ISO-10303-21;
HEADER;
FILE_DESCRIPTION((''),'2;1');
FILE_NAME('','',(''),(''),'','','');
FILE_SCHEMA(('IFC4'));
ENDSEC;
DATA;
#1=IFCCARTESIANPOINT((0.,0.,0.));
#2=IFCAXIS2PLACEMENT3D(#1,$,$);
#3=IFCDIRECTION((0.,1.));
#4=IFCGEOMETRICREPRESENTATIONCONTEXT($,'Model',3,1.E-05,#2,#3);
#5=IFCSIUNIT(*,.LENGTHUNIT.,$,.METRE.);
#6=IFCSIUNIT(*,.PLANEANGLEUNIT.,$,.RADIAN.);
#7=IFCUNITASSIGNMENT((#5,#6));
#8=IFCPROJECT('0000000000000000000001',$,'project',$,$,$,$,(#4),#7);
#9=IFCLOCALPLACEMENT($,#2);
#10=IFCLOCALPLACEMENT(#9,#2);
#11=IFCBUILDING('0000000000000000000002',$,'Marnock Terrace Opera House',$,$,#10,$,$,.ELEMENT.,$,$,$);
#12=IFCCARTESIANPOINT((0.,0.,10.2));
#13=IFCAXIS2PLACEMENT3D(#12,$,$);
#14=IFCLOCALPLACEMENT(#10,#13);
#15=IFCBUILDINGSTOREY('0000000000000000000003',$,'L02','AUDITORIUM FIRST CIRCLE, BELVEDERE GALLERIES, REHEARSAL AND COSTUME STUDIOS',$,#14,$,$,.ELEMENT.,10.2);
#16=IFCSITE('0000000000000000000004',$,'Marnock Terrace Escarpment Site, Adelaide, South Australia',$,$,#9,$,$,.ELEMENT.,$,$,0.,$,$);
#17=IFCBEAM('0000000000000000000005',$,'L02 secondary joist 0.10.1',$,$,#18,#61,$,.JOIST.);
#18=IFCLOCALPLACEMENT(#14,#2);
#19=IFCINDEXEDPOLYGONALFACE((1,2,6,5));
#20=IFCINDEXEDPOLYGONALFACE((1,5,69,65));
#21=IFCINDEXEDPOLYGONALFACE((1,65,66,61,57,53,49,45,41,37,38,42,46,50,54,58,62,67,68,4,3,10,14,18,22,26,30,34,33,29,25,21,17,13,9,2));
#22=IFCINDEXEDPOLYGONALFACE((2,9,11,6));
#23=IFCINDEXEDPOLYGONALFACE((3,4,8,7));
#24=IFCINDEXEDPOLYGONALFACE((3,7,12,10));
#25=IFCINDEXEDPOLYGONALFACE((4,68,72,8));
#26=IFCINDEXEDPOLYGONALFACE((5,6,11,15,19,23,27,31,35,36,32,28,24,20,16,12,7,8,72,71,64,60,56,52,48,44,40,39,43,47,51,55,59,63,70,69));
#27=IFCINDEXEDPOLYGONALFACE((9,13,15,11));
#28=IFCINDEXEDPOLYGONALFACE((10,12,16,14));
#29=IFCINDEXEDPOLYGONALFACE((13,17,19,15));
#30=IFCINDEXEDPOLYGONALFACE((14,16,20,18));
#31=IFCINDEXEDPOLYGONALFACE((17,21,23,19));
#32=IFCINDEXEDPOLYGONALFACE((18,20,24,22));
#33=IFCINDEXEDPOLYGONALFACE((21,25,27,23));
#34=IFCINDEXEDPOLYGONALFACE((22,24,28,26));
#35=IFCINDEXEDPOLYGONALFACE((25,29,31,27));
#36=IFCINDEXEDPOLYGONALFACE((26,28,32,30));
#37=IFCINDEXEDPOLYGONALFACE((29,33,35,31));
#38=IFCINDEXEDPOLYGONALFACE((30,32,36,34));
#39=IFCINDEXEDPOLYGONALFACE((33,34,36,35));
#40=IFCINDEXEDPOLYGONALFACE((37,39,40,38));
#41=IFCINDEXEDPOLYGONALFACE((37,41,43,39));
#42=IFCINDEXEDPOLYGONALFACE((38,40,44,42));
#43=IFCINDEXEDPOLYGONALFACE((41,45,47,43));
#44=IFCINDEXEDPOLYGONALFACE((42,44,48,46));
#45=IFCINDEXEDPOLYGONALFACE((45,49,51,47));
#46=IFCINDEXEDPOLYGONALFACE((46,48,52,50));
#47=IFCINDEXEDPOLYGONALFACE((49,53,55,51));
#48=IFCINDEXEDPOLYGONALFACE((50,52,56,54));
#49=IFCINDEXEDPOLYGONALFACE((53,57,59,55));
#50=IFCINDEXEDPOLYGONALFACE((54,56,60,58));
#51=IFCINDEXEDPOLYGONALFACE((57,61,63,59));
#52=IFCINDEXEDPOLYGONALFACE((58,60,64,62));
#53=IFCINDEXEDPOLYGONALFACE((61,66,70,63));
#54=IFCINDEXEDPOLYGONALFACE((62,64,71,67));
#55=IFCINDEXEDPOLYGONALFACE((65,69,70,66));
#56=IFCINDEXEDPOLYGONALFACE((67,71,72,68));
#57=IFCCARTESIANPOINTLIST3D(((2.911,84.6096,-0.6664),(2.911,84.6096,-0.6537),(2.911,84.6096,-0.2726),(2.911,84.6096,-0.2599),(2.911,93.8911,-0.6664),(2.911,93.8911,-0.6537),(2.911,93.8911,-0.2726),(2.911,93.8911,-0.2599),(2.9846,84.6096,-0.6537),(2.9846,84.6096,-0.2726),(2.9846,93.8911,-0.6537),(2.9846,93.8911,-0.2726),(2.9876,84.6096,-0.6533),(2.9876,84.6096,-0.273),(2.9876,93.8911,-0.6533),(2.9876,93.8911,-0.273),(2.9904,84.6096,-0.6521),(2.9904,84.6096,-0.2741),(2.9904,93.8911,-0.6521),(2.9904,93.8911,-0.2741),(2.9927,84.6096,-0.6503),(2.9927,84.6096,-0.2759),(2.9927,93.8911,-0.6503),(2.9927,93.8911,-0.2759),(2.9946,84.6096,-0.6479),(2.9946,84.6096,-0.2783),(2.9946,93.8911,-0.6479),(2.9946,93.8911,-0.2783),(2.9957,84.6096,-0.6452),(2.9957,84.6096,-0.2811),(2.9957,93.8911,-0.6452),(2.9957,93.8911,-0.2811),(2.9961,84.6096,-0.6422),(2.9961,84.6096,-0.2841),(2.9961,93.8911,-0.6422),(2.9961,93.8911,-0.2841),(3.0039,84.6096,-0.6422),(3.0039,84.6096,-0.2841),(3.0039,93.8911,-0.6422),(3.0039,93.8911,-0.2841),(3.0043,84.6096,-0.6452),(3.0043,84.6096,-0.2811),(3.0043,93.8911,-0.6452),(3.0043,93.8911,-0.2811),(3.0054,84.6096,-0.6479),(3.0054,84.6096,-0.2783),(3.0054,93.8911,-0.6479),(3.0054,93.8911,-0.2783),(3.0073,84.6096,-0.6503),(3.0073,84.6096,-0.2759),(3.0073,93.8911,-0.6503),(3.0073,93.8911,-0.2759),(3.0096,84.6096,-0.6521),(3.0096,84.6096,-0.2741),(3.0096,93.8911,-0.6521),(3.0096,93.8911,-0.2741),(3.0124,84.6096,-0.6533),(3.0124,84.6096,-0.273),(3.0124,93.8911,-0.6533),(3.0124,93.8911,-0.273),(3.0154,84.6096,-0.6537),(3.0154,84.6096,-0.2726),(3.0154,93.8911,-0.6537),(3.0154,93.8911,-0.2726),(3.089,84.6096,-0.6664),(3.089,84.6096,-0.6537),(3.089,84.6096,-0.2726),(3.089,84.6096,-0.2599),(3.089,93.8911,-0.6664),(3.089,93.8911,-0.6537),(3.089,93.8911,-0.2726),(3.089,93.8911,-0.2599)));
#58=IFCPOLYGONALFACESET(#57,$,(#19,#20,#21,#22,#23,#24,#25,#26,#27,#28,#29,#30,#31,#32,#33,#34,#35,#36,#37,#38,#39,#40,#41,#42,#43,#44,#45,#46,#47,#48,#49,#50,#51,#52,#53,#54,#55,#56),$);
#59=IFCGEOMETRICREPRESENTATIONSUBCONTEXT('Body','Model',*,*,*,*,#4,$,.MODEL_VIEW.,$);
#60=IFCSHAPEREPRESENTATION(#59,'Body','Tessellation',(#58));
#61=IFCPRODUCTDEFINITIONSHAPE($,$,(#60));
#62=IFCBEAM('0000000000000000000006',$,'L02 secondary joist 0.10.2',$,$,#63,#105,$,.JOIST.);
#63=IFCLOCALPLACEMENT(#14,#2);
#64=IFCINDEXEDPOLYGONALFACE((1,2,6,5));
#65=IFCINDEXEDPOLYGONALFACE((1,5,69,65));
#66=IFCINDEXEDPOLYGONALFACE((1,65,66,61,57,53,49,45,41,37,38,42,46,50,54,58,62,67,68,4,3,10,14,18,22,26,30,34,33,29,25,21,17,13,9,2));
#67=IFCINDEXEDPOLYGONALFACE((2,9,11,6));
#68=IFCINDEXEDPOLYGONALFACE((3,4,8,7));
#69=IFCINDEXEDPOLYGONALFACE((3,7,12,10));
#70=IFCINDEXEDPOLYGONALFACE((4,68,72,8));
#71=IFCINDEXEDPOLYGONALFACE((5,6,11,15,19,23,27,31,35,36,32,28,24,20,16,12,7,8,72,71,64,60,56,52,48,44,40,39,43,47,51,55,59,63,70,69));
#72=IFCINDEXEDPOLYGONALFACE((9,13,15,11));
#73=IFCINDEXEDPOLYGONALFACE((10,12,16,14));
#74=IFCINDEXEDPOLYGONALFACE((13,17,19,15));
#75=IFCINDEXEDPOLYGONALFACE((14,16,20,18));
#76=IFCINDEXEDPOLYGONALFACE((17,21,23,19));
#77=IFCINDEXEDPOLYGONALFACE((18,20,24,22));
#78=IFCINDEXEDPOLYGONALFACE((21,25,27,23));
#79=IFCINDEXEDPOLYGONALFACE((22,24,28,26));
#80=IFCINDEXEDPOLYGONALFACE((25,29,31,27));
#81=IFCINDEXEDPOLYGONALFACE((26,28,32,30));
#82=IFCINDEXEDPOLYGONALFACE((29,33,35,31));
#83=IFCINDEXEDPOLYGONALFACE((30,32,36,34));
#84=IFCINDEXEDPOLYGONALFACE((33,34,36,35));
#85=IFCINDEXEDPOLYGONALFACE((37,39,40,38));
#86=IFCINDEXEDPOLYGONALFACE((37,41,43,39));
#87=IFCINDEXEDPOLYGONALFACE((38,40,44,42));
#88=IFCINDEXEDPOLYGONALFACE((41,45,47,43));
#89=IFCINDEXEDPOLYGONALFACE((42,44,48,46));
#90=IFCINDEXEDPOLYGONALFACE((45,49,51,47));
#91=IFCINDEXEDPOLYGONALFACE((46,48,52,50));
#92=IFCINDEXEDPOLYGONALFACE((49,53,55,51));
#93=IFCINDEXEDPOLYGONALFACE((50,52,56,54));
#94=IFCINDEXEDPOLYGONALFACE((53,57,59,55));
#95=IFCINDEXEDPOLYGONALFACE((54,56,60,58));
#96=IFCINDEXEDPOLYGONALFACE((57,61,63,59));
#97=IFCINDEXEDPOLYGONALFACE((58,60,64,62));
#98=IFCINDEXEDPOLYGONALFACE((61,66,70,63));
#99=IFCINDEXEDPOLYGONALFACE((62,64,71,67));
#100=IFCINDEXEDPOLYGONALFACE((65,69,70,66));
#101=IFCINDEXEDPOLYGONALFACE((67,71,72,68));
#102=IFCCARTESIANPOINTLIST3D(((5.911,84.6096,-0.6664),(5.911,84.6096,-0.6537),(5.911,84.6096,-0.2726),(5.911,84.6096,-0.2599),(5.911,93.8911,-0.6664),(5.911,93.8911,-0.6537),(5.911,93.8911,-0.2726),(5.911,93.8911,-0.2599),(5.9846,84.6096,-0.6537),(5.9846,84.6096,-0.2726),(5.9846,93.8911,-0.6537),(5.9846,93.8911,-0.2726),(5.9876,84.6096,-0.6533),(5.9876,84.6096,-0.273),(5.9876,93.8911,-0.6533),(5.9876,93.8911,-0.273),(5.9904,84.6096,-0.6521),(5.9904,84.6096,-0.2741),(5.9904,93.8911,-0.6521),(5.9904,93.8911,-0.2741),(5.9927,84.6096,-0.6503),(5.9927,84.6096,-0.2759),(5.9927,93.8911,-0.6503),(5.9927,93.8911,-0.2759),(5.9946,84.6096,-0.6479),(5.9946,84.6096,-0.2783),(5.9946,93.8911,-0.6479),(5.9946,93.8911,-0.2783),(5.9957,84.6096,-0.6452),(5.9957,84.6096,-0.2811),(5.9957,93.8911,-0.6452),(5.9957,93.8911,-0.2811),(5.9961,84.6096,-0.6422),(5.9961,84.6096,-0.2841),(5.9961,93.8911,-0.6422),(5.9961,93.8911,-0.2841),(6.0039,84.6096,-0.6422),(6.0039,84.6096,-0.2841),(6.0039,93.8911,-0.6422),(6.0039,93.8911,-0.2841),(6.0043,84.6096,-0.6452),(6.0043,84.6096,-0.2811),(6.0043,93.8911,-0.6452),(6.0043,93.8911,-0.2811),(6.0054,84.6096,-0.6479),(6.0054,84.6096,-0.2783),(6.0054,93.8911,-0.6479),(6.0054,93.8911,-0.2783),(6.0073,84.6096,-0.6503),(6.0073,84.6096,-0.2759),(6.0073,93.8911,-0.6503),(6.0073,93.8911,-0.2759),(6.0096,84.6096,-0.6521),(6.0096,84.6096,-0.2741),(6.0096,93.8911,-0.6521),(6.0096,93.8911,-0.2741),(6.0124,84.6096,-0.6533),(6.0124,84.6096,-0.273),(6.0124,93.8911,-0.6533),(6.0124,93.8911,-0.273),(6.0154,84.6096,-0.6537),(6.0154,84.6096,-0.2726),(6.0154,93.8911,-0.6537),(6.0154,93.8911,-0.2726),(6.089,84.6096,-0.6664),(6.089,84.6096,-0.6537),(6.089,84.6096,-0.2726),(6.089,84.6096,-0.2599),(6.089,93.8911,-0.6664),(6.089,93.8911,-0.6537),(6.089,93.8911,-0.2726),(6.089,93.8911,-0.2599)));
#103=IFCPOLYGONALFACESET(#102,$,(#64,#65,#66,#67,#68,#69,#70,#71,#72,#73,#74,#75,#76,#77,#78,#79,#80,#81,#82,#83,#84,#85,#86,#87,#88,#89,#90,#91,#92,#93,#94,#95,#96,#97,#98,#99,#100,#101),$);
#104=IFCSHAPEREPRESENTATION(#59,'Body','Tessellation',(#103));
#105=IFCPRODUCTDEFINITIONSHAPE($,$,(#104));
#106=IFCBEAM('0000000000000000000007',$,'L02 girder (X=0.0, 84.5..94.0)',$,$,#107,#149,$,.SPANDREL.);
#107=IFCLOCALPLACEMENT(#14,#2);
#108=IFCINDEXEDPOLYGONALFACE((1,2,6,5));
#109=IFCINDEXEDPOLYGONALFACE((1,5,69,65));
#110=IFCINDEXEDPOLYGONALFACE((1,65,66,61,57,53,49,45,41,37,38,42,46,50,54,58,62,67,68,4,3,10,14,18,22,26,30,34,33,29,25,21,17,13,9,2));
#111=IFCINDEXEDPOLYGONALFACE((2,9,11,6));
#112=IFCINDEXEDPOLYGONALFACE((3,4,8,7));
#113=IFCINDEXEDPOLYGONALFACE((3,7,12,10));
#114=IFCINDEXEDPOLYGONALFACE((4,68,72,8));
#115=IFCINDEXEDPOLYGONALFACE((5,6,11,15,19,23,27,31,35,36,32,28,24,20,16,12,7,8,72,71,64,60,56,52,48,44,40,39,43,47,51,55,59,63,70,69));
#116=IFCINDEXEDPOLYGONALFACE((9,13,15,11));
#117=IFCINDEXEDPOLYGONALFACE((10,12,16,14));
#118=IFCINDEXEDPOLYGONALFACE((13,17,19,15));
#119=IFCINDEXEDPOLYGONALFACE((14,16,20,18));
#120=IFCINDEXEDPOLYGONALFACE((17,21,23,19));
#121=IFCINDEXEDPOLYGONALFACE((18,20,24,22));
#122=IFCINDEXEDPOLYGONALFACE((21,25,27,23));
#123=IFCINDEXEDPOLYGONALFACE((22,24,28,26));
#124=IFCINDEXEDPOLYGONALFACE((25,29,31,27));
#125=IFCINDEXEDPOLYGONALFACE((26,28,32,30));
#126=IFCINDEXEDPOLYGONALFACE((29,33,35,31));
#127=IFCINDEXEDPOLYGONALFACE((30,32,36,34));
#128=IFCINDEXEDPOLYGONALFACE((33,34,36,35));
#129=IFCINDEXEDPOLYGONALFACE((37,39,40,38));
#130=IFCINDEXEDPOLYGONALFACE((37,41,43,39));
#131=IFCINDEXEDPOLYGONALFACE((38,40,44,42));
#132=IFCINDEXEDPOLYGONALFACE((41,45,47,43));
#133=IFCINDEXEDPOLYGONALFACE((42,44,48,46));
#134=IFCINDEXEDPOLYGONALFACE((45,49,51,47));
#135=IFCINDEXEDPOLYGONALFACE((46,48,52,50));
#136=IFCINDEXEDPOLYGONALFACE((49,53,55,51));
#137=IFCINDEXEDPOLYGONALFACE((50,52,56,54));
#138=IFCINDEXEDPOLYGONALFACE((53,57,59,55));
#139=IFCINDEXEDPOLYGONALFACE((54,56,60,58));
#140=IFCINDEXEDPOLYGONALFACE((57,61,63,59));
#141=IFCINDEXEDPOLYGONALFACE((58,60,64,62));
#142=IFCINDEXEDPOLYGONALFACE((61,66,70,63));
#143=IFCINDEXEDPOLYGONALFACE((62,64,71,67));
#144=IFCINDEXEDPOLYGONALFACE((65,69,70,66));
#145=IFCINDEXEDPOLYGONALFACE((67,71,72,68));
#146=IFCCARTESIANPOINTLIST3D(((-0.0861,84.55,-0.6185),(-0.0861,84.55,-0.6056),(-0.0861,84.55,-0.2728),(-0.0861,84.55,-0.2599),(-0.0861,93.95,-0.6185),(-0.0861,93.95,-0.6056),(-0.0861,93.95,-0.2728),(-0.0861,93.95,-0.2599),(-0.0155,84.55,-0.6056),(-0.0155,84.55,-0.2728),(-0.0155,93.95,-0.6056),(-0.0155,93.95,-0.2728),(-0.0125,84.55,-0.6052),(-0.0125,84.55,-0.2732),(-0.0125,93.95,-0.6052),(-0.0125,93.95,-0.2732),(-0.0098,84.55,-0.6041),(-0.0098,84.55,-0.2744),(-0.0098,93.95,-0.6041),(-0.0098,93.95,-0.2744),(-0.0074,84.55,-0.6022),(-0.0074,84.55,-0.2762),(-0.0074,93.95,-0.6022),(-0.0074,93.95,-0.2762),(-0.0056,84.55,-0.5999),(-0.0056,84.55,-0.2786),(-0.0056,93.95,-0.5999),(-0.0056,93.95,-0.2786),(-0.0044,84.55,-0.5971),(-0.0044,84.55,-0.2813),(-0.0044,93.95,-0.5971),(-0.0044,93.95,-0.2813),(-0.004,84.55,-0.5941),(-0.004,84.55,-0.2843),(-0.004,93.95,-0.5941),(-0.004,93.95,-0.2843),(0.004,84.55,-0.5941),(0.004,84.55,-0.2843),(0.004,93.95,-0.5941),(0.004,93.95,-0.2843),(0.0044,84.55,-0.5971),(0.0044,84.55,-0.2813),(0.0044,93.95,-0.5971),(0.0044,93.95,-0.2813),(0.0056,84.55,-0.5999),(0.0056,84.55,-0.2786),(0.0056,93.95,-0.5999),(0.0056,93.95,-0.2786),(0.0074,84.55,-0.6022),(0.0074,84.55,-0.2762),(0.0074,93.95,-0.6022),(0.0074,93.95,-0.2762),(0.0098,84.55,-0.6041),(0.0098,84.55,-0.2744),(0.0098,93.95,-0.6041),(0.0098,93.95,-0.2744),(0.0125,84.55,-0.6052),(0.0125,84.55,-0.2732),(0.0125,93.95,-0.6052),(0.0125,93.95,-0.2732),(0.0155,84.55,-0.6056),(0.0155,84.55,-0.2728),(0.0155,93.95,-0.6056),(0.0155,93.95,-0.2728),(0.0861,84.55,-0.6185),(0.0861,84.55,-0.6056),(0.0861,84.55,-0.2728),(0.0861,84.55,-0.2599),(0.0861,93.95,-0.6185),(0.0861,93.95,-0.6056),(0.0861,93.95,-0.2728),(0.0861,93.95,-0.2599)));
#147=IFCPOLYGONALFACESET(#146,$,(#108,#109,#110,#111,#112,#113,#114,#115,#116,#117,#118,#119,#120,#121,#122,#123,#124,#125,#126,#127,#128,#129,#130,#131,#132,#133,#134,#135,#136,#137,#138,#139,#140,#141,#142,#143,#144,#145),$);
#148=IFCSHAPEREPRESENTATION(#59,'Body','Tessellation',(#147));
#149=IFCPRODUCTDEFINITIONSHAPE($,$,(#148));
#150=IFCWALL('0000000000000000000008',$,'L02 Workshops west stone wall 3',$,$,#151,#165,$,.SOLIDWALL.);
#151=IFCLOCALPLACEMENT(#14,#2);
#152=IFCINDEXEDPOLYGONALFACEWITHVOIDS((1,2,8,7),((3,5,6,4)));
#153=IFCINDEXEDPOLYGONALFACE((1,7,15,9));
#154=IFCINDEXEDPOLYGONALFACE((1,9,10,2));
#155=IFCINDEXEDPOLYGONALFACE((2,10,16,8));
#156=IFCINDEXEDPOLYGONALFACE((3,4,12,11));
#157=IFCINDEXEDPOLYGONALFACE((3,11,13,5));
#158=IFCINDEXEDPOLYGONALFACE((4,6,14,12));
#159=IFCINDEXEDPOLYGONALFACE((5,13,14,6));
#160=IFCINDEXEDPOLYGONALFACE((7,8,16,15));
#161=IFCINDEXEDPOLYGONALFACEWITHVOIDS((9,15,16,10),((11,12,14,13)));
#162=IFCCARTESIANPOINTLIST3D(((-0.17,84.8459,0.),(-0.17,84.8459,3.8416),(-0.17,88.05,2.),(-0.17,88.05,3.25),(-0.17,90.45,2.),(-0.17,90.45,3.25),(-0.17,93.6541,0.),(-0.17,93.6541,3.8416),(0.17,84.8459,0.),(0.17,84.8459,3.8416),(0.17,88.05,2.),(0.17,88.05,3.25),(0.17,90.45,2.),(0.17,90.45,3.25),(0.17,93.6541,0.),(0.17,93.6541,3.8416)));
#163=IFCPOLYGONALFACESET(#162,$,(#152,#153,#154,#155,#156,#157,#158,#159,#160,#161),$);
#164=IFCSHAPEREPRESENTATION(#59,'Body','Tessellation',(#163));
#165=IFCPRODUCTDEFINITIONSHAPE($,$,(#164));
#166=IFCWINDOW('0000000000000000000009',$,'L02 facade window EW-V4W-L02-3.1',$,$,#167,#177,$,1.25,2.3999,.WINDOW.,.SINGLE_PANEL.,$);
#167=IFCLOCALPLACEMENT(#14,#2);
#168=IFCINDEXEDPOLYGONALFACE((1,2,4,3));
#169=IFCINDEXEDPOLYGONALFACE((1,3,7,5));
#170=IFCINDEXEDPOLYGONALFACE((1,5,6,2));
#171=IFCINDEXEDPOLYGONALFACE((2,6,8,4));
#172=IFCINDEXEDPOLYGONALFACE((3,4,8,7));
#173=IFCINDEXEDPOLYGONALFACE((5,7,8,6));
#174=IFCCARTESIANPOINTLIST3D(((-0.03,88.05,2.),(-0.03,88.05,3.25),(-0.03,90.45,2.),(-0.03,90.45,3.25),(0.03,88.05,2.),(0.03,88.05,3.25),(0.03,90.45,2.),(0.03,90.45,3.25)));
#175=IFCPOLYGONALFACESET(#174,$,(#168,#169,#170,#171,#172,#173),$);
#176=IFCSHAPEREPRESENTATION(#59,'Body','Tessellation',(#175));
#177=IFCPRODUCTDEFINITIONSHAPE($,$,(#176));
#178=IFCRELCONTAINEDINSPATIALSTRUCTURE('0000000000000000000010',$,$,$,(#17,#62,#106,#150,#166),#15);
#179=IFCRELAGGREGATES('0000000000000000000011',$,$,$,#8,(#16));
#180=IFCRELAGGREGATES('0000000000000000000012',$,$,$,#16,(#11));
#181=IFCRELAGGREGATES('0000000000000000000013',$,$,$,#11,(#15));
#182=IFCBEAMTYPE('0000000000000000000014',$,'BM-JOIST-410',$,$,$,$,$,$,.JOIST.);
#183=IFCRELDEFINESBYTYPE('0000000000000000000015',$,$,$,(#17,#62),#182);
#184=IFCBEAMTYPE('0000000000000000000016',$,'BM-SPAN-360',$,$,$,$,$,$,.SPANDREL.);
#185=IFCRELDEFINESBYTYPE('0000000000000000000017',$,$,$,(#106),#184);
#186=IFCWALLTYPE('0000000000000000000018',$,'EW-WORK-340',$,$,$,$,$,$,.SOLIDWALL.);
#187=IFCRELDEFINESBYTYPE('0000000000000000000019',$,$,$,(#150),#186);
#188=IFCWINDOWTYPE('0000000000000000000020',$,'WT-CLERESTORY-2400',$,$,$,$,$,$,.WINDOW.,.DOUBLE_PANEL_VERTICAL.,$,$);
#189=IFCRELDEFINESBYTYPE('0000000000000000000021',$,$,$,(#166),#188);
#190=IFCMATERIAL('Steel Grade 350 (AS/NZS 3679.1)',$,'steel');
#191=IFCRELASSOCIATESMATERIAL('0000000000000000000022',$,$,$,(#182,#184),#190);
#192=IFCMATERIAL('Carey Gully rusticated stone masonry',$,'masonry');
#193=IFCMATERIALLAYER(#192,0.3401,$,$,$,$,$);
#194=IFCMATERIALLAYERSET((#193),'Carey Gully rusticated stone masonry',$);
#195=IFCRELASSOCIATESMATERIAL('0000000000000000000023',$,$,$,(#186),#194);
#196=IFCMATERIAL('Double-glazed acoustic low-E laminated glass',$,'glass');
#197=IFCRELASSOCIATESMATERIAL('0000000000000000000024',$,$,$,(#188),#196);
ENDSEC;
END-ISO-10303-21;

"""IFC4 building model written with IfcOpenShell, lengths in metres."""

from ifc_helpers import new_model, si_unit, direction, frame, frame_2d, origin, origin_2d, place, context, subcontext, project, spatial, rectangle, i_section, extrude, material, layer, layer_set, material_profile, profile_set, type_object, element, fill, save


model = new_model("IFC4")

# Units and contexts
model_context = context("Model", 3, precision=1e-05, world=origin(), true_north=direction((0.0, 1.0)))
body_context = subcontext(model_context, "Body", "Model", "MODEL_VIEW")
ifc_project = project(units=[si_unit("LENGTHUNIT", "METRE"), si_unit("PLANEANGLEUNIT", "RADIAN")], contexts=[model_context])

# Site, building, storey
site_placement = place(None, origin())
site = spatial("IfcSite", under=ifc_project, at=site_placement, Name="Marnock Terrace Escarpment Site, Adelaide, South Australia", CompositionType="ELEMENT", RefElevation=0.0)
building_placement = place(site_placement, origin())
building = spatial("IfcBuilding", under=site, at=building_placement, Name="Marnock Terrace Opera House", CompositionType="ELEMENT")
storey_placement = place(building_placement, frame((0.0, 0.0, 10.2)))
storey = spatial("IfcBuildingStorey", under=building, at=storey_placement, Name="L02", Description="AUDITORIUM FIRST CIRCLE, BELVEDERE GALLERIES, REHEARSAL AND COSTUME STUDIOS", CompositionType="ELEMENT", Elevation=10.2)

# Shared definitions
ifc_material_1 = material(Name="Steel Grade 350 (AS/NZS 3679.1)", Category="steel")

# Beams
ifc_material_profile_1 = material_profile(ifc_material_1, i_section(OverallWidth=0.178, OverallDepth=0.4065, WebThickness=0.0078, FlangeThickness=0.0127, FilletRadius=0.0115, at=origin_2d()))
ifc_profile_set_1 = profile_set([ifc_material_profile_1], Name="Steel Grade 350 (AS/NZS 3679.1)")
beam_type_1 = type_object("IfcBeamType", Name="BM-JOIST-410", PredefinedType="JOIST", material=ifc_profile_set_1)
for number, where, z_axis, x_axis, name in (
    (1, (3.0, 84.6096, -0.4631), (0.0, 1.0, 0.0), (-1.0, 0.0, 0.0), "L02 secondary joist 0.10.1"),
    (2, (6.0, 84.6096, -0.4631), (0.0, 1.0, 0.0), (-1.0, 0.0, 0.0), "L02 secondary joist 0.10.2"),
):
    element("IfcBeam", number, at=place(storey_placement, frame(where, z_axis=z_axis, x_axis=x_axis)), inside=storey, type_object=beam_type_1, Name=name, PredefinedType="JOIST", context=body_context, shape_type="SweptSolid", body=[
        extrude(i_section(OverallWidth=0.178, OverallDepth=0.4065, WebThickness=0.0078, FlangeThickness=0.0127, FilletRadius=0.0115, at=origin_2d()), origin(), (0.0, 0.0, 1.0), 9.2815),
    ])
ifc_material_profile_2 = material_profile(ifc_material_1, i_section(OverallWidth=0.1721, OverallDepth=0.3586, WebThickness=0.0081, FlangeThickness=0.0129, FilletRadius=0.0115, at=origin_2d()))
ifc_profile_set_2 = profile_set([ifc_material_profile_2], Name="Steel Grade 350 (AS/NZS 3679.1)")
beam_type_2 = type_object("IfcBeamType", Name="BM-SPAN-360", PredefinedType="SPANDREL", material=ifc_profile_set_2)
beam_1_placement = place(storey_placement, frame((0.0, 84.55, -0.4392), z_axis=(0.0, 1.0, 0.0), x_axis=(-1.0, 0.0, 0.0)))
element("IfcBeam", 3, at=beam_1_placement, inside=storey, type_object=beam_type_2, Name="L02 girder (X=0.0, 84.5..94.0)", PredefinedType="SPANDREL", context=body_context, shape_type="SweptSolid", body=[
    extrude(i_section(OverallWidth=0.1721, OverallDepth=0.3586, WebThickness=0.0081, FlangeThickness=0.0129, FilletRadius=0.0115, at=origin_2d()), origin(), (0.0, 0.0, 1.0), 9.3999),
])

# Wall, opening, window
ifc_material_2 = material(Name="Carey Gully rusticated stone masonry", Category="masonry")
ifc_layer_1 = layer(ifc_material_2, 0.3401)
ifc_layer_set_1 = layer_set([ifc_layer_1], Name="Carey Gully rusticated stone masonry")
wall_type_1 = type_object("IfcWallType", Name="EW-WORK-340", PredefinedType="SOLIDWALL", material=ifc_layer_set_1)
wall_1_placement = place(storey_placement, frame((0.0, 84.8459, 0.0), z_axis=(0.0, 0.0, 1.0), x_axis=(0.0, 1.0, 0.0)))
wall_1 = element("IfcWall", 4, at=wall_1_placement, inside=storey, type_object=wall_type_1, Name="L02 Workshops west stone wall 3", PredefinedType="SOLIDWALL", context=body_context, shape_type="SweptSolid", body=[
    extrude(rectangle(XDim=8.8081, YDim=0.3401, at=frame_2d((4.4041, 0.0))), origin(), (0.0, 0.0, 1.0), 3.8416),
])
opening_1_placement = place(wall_1_placement, frame((3.2041, 0.0, 2.0)))
opening_1 = element("IfcOpeningElement", 5, at=opening_1_placement, cuts=wall_1, PredefinedType="OPENING", context=body_context, shape_type="SweptSolid", body=[
    extrude(rectangle(XDim=2.3999, YDim=1.25, at=frame_2d((1.2, 0.625))), frame((0.0, 0.1799, 0.0), z_axis=(0.0, -1.0, 0.0), x_axis=(1.0, 0.0, 0.0)), (0.0, 0.0, 1.0), 0.3601),
])
ifc_material_3 = material(Name="Double-glazed acoustic low-E laminated glass", Category="glass")
window_type = type_object("IfcWindowType", Name="WT-CLERESTORY-2400", PartitioningType="DOUBLE_PANEL_VERTICAL", PredefinedType="WINDOW", material=ifc_material_3)
window_placement = place(opening_1_placement, origin())
window = element("IfcWindow", 6, at=window_placement, inside=storey, type_object=window_type, Name="L02 facade window EW-V4W-L02-3.1", OverallHeight=1.25, OverallWidth=2.3999, PartitioningType="SINGLE_PANEL", PredefinedType="WINDOW", context=body_context, shape_type="SweptSolid", body=[
    extrude(rectangle(XDim=2.3999, YDim=1.25, at=frame_2d((1.2, 0.625))), frame((0.0, 0.03, 0.0), z_axis=(0.0, -1.0, 0.0), x_axis=(1.0, 0.0, 0.0)), (0.0, 0.0, 1.0), 0.0601),
])
fill(opening_1, window)

save(model, "model.ifc")
